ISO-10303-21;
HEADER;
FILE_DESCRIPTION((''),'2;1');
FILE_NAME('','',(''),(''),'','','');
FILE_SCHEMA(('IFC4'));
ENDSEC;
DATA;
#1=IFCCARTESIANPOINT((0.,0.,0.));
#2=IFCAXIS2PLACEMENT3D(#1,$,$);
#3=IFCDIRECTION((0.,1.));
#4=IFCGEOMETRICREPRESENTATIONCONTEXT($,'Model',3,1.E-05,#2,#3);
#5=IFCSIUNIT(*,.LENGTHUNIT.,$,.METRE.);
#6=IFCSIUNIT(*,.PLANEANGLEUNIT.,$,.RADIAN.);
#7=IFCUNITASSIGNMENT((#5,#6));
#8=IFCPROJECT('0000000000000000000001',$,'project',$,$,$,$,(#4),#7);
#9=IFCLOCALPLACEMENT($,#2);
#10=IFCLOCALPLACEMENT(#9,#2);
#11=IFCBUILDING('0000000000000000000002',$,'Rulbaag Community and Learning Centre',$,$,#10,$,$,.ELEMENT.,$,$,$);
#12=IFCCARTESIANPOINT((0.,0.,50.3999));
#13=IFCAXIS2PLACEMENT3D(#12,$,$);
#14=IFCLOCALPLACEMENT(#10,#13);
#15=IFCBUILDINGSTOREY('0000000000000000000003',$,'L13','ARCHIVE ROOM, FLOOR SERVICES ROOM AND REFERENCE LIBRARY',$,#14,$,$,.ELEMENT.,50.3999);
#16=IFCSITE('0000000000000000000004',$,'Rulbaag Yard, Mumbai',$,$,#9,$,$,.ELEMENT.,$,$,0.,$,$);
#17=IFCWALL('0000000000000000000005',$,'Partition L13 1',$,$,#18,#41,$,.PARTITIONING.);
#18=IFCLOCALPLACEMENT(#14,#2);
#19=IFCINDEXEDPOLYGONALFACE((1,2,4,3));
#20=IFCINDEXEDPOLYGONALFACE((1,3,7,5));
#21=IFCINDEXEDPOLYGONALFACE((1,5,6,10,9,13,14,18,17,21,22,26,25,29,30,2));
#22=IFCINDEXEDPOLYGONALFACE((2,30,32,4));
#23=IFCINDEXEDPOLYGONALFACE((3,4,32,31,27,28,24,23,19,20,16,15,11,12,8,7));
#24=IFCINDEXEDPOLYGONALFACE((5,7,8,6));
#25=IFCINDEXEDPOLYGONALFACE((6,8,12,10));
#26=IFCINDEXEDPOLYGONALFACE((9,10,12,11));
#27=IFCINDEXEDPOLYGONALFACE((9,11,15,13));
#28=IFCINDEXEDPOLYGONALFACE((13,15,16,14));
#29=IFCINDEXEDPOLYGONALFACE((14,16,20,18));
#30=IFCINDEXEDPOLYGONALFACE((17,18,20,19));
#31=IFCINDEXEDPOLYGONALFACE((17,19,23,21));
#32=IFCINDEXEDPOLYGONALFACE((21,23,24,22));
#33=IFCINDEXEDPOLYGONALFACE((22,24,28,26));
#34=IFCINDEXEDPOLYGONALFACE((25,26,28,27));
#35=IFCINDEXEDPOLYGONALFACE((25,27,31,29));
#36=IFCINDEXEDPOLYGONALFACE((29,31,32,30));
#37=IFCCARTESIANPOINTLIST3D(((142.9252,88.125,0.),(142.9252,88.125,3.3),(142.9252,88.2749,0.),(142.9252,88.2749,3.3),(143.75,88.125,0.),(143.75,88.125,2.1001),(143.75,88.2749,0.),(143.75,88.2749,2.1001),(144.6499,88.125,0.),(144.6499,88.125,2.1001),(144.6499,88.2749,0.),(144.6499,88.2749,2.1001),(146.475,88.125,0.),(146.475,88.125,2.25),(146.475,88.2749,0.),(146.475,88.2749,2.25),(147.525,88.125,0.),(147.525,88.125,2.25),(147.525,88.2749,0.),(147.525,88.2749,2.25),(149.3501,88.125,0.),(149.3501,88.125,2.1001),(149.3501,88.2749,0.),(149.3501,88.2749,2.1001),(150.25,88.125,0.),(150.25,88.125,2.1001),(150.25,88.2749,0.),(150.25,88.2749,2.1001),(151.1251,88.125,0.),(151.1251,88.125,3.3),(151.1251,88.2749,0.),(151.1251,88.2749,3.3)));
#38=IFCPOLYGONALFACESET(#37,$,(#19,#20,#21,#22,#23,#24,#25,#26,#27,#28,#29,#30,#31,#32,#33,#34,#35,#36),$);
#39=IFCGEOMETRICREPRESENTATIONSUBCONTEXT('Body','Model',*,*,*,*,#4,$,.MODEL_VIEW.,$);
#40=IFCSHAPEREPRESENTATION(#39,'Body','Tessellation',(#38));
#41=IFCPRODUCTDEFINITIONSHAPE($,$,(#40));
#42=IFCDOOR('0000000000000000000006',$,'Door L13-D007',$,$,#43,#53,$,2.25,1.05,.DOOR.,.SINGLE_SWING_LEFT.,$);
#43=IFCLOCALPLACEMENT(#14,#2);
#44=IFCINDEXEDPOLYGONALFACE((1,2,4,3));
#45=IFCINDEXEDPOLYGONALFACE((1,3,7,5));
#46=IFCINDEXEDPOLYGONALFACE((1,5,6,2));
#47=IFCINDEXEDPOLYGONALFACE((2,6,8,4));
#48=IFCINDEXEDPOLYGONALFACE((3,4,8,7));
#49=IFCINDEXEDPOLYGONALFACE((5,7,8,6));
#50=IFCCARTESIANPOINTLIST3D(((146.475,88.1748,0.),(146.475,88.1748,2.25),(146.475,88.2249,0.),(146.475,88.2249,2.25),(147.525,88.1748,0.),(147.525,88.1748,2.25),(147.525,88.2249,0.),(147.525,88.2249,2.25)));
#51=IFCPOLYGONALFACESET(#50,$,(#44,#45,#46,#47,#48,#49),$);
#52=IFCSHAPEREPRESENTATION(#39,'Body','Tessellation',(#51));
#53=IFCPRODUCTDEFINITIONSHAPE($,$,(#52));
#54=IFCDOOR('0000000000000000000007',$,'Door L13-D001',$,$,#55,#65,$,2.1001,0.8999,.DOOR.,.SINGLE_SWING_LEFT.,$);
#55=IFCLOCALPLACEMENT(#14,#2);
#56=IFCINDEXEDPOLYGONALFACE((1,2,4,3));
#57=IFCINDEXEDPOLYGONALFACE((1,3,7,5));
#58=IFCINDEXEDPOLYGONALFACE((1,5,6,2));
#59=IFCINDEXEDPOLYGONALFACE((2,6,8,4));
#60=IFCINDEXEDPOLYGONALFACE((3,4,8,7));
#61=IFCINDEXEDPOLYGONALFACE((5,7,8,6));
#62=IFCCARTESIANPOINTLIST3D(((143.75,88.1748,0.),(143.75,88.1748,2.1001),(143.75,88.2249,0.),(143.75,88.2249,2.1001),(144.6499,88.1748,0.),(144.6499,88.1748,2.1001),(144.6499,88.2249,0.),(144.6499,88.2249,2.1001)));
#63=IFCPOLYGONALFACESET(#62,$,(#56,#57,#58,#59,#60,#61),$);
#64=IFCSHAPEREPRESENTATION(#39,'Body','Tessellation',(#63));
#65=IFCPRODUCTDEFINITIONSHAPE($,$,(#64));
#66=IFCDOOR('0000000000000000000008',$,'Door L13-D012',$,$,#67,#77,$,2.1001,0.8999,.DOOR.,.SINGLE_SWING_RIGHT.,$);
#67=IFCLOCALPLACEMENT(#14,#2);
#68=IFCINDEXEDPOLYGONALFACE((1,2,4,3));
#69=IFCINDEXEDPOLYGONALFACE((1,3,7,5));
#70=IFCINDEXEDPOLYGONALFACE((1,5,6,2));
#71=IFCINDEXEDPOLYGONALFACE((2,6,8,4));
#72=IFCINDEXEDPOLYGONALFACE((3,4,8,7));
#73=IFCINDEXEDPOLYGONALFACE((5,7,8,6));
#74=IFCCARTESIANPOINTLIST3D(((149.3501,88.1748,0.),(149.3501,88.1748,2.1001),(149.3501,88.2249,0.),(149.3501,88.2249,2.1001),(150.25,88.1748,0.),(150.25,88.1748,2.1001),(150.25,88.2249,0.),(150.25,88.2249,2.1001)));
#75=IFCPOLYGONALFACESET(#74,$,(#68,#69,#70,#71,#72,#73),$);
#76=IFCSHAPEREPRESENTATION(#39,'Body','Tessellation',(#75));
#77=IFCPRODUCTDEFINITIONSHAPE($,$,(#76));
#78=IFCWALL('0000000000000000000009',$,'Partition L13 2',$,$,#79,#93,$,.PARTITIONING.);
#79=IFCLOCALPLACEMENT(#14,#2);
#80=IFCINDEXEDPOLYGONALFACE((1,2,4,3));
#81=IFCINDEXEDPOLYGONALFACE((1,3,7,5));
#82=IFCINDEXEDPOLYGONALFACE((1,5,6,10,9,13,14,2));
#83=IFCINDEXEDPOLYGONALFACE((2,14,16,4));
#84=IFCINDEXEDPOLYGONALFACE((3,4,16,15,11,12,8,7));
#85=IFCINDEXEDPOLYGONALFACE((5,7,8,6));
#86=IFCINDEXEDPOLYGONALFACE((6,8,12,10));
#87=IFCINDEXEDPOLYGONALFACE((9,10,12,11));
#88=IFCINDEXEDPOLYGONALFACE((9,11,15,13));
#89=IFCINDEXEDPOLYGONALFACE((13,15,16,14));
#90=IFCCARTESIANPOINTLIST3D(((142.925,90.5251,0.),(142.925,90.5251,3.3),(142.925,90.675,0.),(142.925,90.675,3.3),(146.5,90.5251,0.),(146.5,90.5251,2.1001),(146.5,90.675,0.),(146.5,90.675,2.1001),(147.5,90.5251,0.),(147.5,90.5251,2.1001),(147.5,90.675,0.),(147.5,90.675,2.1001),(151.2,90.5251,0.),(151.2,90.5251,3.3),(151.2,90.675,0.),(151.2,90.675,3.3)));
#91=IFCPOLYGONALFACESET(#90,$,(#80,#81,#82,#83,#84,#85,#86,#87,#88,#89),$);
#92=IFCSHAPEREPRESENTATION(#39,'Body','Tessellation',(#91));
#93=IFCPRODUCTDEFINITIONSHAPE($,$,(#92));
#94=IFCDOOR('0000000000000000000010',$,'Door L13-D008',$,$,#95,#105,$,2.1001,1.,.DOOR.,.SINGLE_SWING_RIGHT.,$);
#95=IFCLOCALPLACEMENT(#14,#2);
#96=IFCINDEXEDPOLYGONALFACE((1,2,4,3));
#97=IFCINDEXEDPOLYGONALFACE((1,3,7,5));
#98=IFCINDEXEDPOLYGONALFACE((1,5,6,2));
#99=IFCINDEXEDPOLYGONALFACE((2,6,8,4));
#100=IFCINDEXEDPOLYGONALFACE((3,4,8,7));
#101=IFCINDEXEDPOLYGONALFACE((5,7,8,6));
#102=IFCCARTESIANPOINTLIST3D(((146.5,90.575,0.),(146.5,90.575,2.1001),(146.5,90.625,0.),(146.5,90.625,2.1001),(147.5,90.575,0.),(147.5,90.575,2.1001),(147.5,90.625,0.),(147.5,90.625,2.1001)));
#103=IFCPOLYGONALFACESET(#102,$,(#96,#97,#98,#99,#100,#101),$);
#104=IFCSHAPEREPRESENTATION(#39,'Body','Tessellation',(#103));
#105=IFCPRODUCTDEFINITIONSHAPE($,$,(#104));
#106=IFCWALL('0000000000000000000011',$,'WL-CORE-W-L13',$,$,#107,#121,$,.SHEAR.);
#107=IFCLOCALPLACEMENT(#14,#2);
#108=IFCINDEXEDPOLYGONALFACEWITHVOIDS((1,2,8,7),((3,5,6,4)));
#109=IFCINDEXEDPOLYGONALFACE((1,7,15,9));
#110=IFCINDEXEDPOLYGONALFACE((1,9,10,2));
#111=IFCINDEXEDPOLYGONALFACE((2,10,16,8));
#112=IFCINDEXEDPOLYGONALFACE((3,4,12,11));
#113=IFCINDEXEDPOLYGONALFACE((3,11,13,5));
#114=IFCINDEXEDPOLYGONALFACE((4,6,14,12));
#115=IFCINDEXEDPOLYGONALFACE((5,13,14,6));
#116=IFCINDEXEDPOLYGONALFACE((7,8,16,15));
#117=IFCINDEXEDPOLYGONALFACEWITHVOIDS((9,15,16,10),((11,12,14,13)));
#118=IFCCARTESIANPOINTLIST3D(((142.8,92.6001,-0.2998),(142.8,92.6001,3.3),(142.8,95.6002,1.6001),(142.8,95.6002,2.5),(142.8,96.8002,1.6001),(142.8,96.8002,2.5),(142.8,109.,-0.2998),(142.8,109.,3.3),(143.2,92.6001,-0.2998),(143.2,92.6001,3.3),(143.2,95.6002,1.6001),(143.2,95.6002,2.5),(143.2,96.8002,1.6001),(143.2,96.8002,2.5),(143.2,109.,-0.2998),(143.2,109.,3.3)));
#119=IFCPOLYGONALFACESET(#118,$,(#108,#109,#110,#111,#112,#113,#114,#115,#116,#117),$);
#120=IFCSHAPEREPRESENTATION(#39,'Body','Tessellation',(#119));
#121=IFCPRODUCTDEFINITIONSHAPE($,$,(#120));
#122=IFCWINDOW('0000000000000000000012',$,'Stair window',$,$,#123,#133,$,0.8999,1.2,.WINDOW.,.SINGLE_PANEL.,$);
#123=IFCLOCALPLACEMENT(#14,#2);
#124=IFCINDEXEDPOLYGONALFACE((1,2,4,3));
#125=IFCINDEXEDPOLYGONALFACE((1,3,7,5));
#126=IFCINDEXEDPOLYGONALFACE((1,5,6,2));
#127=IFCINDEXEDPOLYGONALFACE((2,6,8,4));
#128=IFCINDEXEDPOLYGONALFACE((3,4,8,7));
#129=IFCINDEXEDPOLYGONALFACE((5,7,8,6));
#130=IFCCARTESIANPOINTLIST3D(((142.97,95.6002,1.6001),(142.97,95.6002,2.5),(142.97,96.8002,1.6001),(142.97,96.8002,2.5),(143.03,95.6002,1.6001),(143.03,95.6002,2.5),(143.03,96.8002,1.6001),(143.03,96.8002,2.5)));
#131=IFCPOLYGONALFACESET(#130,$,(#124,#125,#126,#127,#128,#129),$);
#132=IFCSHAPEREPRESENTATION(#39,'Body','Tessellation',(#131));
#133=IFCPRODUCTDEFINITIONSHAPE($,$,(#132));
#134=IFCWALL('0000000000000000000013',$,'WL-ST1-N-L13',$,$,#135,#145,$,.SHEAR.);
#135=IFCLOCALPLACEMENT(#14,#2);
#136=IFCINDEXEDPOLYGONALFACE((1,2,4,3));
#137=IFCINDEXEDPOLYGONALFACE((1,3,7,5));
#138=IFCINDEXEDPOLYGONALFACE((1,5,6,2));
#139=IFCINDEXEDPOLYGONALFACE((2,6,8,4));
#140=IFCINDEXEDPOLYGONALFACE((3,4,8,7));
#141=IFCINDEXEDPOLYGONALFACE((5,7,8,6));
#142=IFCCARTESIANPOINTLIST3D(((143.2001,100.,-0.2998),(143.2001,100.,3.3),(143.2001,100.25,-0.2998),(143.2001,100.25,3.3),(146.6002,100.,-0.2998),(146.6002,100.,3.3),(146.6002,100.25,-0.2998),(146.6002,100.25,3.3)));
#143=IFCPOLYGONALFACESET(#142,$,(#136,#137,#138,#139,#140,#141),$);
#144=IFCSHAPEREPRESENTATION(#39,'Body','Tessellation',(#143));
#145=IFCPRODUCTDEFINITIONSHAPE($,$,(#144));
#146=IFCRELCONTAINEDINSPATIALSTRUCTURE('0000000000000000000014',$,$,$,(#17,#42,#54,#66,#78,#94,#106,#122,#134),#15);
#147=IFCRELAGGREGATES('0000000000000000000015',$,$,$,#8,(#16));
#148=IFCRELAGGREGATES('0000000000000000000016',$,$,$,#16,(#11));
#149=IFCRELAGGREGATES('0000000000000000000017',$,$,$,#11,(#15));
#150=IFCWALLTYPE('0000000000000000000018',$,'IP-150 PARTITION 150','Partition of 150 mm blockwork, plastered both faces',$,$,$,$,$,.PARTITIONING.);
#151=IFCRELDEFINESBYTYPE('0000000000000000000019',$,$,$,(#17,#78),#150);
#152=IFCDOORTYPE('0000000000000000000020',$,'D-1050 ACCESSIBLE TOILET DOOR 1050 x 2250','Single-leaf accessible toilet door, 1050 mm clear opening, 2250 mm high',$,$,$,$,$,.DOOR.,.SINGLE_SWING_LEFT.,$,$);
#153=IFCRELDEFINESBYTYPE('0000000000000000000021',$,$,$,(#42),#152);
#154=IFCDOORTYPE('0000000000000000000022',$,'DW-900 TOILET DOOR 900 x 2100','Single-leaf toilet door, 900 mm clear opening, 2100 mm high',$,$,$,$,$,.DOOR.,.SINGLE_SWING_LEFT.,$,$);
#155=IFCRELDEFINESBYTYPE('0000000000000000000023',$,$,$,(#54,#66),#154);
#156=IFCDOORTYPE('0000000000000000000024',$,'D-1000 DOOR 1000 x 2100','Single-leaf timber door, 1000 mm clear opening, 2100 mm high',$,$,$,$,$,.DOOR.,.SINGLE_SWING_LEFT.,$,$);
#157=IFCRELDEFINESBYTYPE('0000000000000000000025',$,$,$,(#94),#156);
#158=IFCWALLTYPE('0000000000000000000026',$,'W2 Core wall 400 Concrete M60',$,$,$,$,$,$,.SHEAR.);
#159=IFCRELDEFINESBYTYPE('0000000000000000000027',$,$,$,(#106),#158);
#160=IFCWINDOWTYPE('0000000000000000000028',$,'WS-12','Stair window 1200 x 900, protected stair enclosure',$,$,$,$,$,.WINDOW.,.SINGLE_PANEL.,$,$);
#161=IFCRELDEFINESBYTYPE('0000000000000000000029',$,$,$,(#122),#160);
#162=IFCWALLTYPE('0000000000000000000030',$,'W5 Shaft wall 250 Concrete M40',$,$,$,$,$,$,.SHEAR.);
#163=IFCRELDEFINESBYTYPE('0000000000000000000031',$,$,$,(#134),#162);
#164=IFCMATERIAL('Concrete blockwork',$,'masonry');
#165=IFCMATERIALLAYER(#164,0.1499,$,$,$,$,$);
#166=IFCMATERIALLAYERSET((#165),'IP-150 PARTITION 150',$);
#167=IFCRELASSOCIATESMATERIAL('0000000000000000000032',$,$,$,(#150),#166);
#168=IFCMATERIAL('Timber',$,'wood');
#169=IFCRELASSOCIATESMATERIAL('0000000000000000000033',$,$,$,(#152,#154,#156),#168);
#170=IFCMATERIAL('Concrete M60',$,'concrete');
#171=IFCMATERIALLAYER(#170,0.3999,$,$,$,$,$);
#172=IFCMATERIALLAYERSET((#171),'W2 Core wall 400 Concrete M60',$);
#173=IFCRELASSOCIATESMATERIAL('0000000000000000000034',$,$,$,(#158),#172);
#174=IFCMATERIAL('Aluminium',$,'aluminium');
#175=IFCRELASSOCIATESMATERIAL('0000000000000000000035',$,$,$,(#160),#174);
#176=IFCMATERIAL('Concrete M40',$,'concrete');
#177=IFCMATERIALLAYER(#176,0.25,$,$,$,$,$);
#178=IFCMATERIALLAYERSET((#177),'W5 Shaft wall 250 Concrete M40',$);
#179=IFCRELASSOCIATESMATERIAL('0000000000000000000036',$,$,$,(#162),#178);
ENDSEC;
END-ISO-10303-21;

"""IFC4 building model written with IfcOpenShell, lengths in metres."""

from ifc_helpers import new_model, si_unit, direction, frame, frame_2d, origin, place, context, subcontext, project, spatial, rectangle, extrude, material, layer, layer_set, type_object, element, fill, save


model = new_model("IFC4")

# Units and contexts
model_context = context("Model", 3, precision=1e-05, world=origin(), true_north=direction((0.0, 1.0)))
body_context = subcontext(model_context, "Body", "Model", "MODEL_VIEW")
ifc_project = project(units=[si_unit("LENGTHUNIT", "METRE"), si_unit("PLANEANGLEUNIT", "RADIAN")], contexts=[model_context])

# Site, building, storey
site_placement = place(None, origin())
site = spatial("IfcSite", under=ifc_project, at=site_placement, Name="Rulbaag Yard, Mumbai", CompositionType="ELEMENT", RefElevation=0.0)
building_placement = place(site_placement, origin())
building = spatial("IfcBuilding", under=site, at=building_placement, Name="Rulbaag Community and Learning Centre", CompositionType="ELEMENT")
storey_placement = place(building_placement, frame((0.0, 0.0, 50.3999)))
storey = spatial("IfcBuildingStorey", under=building, at=storey_placement, Name="L13", Description="ARCHIVE ROOM, FLOOR SERVICES ROOM AND REFERENCE LIBRARY", CompositionType="ELEMENT", Elevation=50.3999)

# Shared definitions
ifc_material_1 = material(Name="Concrete M40", Category="concrete")

# Shared definitions
ifc_material_2 = material(Name="Aluminium", Category="aluminium")

# Wall, openings, doors
ifc_material_3 = material(Name="Concrete blockwork", Category="masonry")
ifc_layer_1 = layer(ifc_material_3, 0.1499)
ifc_layer_set_1 = layer_set([ifc_layer_1], Name="IP-150 PARTITION 150")
wall_type_1 = type_object("IfcWallType", Name="IP-150 PARTITION 150", Description="Partition of 150 mm blockwork, plastered both faces", PredefinedType="PARTITIONING", material=ifc_layer_set_1)
wall_1_placement = place(storey_placement, frame((142.925, 88.2, 0.0), z_axis=(0.0, 0.0, 1.0), x_axis=(1.0, 0.0, 0.0)))
wall_1 = element("IfcWall", 1, at=wall_1_placement, inside=storey, type_object=wall_type_1, Name="Partition L13 1", PredefinedType="PARTITIONING", context=body_context, shape_type="SweptSolid", body=[
    extrude(rectangle(XDim=8.2, YDim=0.1499, at=frame_2d((4.1001, 0.0))), origin(), (0.0, 0.0, 1.0), 3.3),
])
opening_1_placement = place(wall_1_placement, frame((0.825, 0.0, 0.0)))
opening_1 = element("IfcOpeningElement", 2, at=opening_1_placement, cuts=wall_1, PredefinedType="OPENING", context=body_context, shape_type="SweptSolid", body=[
    extrude(rectangle(XDim=0.8999, YDim=2.1001, at=frame_2d((0.45, 1.05))), frame((0.0, 0.085, 0.0), z_axis=(0.0, -1.0, 0.0), x_axis=(1.0, 0.0, 0.0)), (0.0, 0.0, 1.0), 0.1699),
])
opening_2_placement = place(wall_1_placement, frame((3.55, 0.0, 0.0)))
opening_2 = element("IfcOpeningElement", 3, at=opening_2_placement, cuts=wall_1, PredefinedType="OPENING", context=body_context, shape_type="SweptSolid", body=[
    extrude(rectangle(XDim=1.05, YDim=2.25, at=frame_2d((0.5249, 1.125))), frame((0.0, 0.085, 0.0), z_axis=(0.0, -1.0, 0.0), x_axis=(1.0, 0.0, 0.0)), (0.0, 0.0, 1.0), 0.1699),
])
opening_3_placement = place(wall_1_placement, frame((6.425, 0.0, 0.0)))
opening_3 = element("IfcOpeningElement", 4, at=opening_3_placement, cuts=wall_1, PredefinedType="OPENING", context=body_context, shape_type="SweptSolid", body=[
    extrude(rectangle(XDim=0.8999, YDim=2.1001, at=frame_2d((0.45, 1.05))), frame((0.0, 0.085, 0.0), z_axis=(0.0, -1.0, 0.0), x_axis=(1.0, 0.0, 0.0)), (0.0, 0.0, 1.0), 0.1699),
])
ifc_material_4 = material(Name="Timber", Category="wood")
door_type_1 = type_object("IfcDoorType", Name="D-1050 ACCESSIBLE TOILET DOOR 1050 x 2250", Description="Single-leaf accessible toilet door, 1050 mm clear opening, 2250 mm high", OperationType="SINGLE_SWING_LEFT", PredefinedType="DOOR", material=ifc_material_4)
door_1_placement = place(opening_2_placement, origin())
door_1 = element("IfcDoor", 5, at=door_1_placement, inside=storey, type_object=door_type_1, Name="Door L13-D007", OperationType="SINGLE_SWING_LEFT", OverallHeight=2.25, OverallWidth=1.05, PredefinedType="DOOR", context=body_context, shape_type="SweptSolid", body=[
    extrude(rectangle(XDim=1.05, YDim=2.25, at=frame_2d((0.5249, 1.125))), frame((0.0, 0.0249, 0.0), z_axis=(0.0, -1.0, 0.0), x_axis=(1.0, 0.0, 0.0)), (0.0, 0.0, 1.0), 0.05),
])
fill(opening_2, door_1)
door_type_2 = type_object("IfcDoorType", Name="DW-900 TOILET DOOR 900 x 2100", Description="Single-leaf toilet door, 900 mm clear opening, 2100 mm high", OperationType="SINGLE_SWING_LEFT", PredefinedType="DOOR", material=ifc_material_4)
door_2_placement = place(opening_1_placement, origin())
door_2 = element("IfcDoor", 6, at=door_2_placement, inside=storey, type_object=door_type_2, Name="Door L13-D001", OperationType="SINGLE_SWING_LEFT", OverallHeight=2.1001, OverallWidth=0.8999, PredefinedType="DOOR", context=body_context, shape_type="SweptSolid", body=[
    extrude(rectangle(XDim=0.8999, YDim=2.1001, at=frame_2d((0.45, 1.05))), frame((0.0, 0.0249, 0.0), z_axis=(0.0, -1.0, 0.0), x_axis=(1.0, 0.0, 0.0)), (0.0, 0.0, 1.0), 0.05),
])
fill(opening_1, door_2)
door_3_placement = place(opening_3_placement, origin())
door_3 = element("IfcDoor", 7, at=door_3_placement, inside=storey, type_object=door_type_2, Name="Door L13-D012", OperationType="SINGLE_SWING_RIGHT", OverallHeight=2.1001, OverallWidth=0.8999, PredefinedType="DOOR", context=body_context, shape_type="SweptSolid", body=[
    extrude(rectangle(XDim=0.8999, YDim=2.1001, at=frame_2d((0.45, 1.05))), frame((0.0, 0.0249, 0.0), z_axis=(0.0, -1.0, 0.0), x_axis=(1.0, 0.0, 0.0)), (0.0, 0.0, 1.0), 0.05),
])
fill(opening_3, door_3)

# Wall, opening, door
wall_2_placement = place(storey_placement, frame((142.925, 90.6001, 0.0), z_axis=(0.0, 0.0, 1.0), x_axis=(1.0, 0.0, 0.0)))
wall_2 = element("IfcWall", 8, at=wall_2_placement, inside=storey, type_object=wall_type_1, Name="Partition L13 2", PredefinedType="PARTITIONING", context=body_context, shape_type="SweptSolid", body=[
    extrude(rectangle(XDim=8.2749, YDim=0.1499, at=frame_2d((4.1375, 0.0))), origin(), (0.0, 0.0, 1.0), 3.3),
])
opening_4_placement = place(wall_2_placement, frame((3.575, 0.0, 0.0)))
opening_4 = element("IfcOpeningElement", 9, at=opening_4_placement, cuts=wall_2, PredefinedType="OPENING", context=body_context, shape_type="SweptSolid", body=[
    extrude(rectangle(XDim=1.0, YDim=2.1001, at=frame_2d((0.5, 1.05))), frame((0.0, 0.085, 0.0), z_axis=(0.0, -1.0, 0.0), x_axis=(1.0, 0.0, 0.0)), (0.0, 0.0, 1.0), 0.1699),
])
door_type_3 = type_object("IfcDoorType", Name="D-1000 DOOR 1000 x 2100", Description="Single-leaf timber door, 1000 mm clear opening, 2100 mm high", OperationType="SINGLE_SWING_LEFT", PredefinedType="DOOR", material=ifc_material_4)
door_4_placement = place(opening_4_placement, origin())
door_4 = element("IfcDoor", 10, at=door_4_placement, inside=storey, type_object=door_type_3, Name="Door L13-D008", OperationType="SINGLE_SWING_RIGHT", OverallHeight=2.1001, OverallWidth=1.0, PredefinedType="DOOR", context=body_context, shape_type="SweptSolid", body=[
    extrude(rectangle(XDim=1.0, YDim=2.1001, at=frame_2d((0.5, 1.05))), frame((0.0, 0.0249, 0.0), z_axis=(0.0, -1.0, 0.0), x_axis=(1.0, 0.0, 0.0)), (0.0, 0.0, 1.0), 0.05),
])
fill(opening_4, door_4)

# Wall, opening, window
ifc_material_5 = material(Name="Concrete M60", Category="concrete")
ifc_layer_2 = layer(ifc_material_5, 0.3999)
ifc_layer_set_2 = layer_set([ifc_layer_2], Name="W2 Core wall 400 Concrete M60")
wall_type_2 = type_object("IfcWallType", Name="W2 Core wall 400 Concrete M60", PredefinedType="SHEAR", material=ifc_layer_set_2)
wall_3_placement = place(storey_placement, frame((143.0, 92.6001, -0.2998), z_axis=(0.0, 0.0, 1.0), x_axis=(0.0, 1.0, 0.0)))
wall_3 = element("IfcWall", 11, at=wall_3_placement, inside=storey, type_object=wall_type_2, Name="WL-CORE-W-L13", PredefinedType="SHEAR", context=body_context, shape_type="SweptSolid", body=[
    extrude(rectangle(XDim=16.3999, YDim=0.3999, at=frame_2d((8.2, 0.0))), origin(), (0.0, 0.0, 1.0), 3.5999),
])
opening_5_placement = place(wall_3_placement, frame((3.0, 0.0, 1.8999)))
opening_5 = element("IfcOpeningElement", 12, at=opening_5_placement, cuts=wall_3, PredefinedType="OPENING", context=body_context, shape_type="SweptSolid", body=[
    extrude(rectangle(XDim=1.2, YDim=0.8999, at=frame_2d((0.6001, 0.45))), frame((0.0, 0.21, 0.0), z_axis=(0.0, -1.0, 0.0), x_axis=(1.0, 0.0, 0.0)), (0.0, 0.0, 1.0), 0.4199),
])
window_type = type_object("IfcWindowType", Name="WS-12", Description="Stair window 1200 x 900, protected stair enclosure", PartitioningType="SINGLE_PANEL", PredefinedType="WINDOW", material=ifc_material_2)
window_placement = place(opening_5_placement, origin())
window = element("IfcWindow", 13, at=window_placement, inside=storey, type_object=window_type, Name="Stair window", OverallHeight=0.8999, OverallWidth=1.2, PartitioningType="SINGLE_PANEL", PredefinedType="WINDOW", context=body_context, shape_type="SweptSolid", body=[
    extrude(rectangle(XDim=1.2, YDim=0.8999, at=frame_2d((0.6001, 0.45))), frame((0.0, 0.03, 0.0), z_axis=(0.0, -1.0, 0.0), x_axis=(1.0, 0.0, 0.0)), (0.0, 0.0, 1.0), 0.0601),
])
fill(opening_5, window)

# Wall
ifc_layer_3 = layer(ifc_material_1, 0.25)
ifc_layer_set_3 = layer_set([ifc_layer_3], Name="W5 Shaft wall 250 Concrete M40")
wall_type_3 = type_object("IfcWallType", Name="W5 Shaft wall 250 Concrete M40", PredefinedType="SHEAR", material=ifc_layer_set_3)
wall_4_placement = place(storey_placement, frame((143.2, 100.125, -0.2998), z_axis=(0.0, 0.0, 1.0), x_axis=(1.0, 0.0, 0.0)))
element("IfcWall", 14, at=wall_4_placement, inside=storey, type_object=wall_type_3, Name="WL-ST1-N-L13", PredefinedType="SHEAR", context=body_context, shape_type="SweptSolid", body=[
    extrude(rectangle(XDim=3.4001, YDim=0.25, at=frame_2d((1.7002, 0.0))), origin(), (0.0, 0.0, 1.0), 3.5999),
])

save(model, "model.ifc")
